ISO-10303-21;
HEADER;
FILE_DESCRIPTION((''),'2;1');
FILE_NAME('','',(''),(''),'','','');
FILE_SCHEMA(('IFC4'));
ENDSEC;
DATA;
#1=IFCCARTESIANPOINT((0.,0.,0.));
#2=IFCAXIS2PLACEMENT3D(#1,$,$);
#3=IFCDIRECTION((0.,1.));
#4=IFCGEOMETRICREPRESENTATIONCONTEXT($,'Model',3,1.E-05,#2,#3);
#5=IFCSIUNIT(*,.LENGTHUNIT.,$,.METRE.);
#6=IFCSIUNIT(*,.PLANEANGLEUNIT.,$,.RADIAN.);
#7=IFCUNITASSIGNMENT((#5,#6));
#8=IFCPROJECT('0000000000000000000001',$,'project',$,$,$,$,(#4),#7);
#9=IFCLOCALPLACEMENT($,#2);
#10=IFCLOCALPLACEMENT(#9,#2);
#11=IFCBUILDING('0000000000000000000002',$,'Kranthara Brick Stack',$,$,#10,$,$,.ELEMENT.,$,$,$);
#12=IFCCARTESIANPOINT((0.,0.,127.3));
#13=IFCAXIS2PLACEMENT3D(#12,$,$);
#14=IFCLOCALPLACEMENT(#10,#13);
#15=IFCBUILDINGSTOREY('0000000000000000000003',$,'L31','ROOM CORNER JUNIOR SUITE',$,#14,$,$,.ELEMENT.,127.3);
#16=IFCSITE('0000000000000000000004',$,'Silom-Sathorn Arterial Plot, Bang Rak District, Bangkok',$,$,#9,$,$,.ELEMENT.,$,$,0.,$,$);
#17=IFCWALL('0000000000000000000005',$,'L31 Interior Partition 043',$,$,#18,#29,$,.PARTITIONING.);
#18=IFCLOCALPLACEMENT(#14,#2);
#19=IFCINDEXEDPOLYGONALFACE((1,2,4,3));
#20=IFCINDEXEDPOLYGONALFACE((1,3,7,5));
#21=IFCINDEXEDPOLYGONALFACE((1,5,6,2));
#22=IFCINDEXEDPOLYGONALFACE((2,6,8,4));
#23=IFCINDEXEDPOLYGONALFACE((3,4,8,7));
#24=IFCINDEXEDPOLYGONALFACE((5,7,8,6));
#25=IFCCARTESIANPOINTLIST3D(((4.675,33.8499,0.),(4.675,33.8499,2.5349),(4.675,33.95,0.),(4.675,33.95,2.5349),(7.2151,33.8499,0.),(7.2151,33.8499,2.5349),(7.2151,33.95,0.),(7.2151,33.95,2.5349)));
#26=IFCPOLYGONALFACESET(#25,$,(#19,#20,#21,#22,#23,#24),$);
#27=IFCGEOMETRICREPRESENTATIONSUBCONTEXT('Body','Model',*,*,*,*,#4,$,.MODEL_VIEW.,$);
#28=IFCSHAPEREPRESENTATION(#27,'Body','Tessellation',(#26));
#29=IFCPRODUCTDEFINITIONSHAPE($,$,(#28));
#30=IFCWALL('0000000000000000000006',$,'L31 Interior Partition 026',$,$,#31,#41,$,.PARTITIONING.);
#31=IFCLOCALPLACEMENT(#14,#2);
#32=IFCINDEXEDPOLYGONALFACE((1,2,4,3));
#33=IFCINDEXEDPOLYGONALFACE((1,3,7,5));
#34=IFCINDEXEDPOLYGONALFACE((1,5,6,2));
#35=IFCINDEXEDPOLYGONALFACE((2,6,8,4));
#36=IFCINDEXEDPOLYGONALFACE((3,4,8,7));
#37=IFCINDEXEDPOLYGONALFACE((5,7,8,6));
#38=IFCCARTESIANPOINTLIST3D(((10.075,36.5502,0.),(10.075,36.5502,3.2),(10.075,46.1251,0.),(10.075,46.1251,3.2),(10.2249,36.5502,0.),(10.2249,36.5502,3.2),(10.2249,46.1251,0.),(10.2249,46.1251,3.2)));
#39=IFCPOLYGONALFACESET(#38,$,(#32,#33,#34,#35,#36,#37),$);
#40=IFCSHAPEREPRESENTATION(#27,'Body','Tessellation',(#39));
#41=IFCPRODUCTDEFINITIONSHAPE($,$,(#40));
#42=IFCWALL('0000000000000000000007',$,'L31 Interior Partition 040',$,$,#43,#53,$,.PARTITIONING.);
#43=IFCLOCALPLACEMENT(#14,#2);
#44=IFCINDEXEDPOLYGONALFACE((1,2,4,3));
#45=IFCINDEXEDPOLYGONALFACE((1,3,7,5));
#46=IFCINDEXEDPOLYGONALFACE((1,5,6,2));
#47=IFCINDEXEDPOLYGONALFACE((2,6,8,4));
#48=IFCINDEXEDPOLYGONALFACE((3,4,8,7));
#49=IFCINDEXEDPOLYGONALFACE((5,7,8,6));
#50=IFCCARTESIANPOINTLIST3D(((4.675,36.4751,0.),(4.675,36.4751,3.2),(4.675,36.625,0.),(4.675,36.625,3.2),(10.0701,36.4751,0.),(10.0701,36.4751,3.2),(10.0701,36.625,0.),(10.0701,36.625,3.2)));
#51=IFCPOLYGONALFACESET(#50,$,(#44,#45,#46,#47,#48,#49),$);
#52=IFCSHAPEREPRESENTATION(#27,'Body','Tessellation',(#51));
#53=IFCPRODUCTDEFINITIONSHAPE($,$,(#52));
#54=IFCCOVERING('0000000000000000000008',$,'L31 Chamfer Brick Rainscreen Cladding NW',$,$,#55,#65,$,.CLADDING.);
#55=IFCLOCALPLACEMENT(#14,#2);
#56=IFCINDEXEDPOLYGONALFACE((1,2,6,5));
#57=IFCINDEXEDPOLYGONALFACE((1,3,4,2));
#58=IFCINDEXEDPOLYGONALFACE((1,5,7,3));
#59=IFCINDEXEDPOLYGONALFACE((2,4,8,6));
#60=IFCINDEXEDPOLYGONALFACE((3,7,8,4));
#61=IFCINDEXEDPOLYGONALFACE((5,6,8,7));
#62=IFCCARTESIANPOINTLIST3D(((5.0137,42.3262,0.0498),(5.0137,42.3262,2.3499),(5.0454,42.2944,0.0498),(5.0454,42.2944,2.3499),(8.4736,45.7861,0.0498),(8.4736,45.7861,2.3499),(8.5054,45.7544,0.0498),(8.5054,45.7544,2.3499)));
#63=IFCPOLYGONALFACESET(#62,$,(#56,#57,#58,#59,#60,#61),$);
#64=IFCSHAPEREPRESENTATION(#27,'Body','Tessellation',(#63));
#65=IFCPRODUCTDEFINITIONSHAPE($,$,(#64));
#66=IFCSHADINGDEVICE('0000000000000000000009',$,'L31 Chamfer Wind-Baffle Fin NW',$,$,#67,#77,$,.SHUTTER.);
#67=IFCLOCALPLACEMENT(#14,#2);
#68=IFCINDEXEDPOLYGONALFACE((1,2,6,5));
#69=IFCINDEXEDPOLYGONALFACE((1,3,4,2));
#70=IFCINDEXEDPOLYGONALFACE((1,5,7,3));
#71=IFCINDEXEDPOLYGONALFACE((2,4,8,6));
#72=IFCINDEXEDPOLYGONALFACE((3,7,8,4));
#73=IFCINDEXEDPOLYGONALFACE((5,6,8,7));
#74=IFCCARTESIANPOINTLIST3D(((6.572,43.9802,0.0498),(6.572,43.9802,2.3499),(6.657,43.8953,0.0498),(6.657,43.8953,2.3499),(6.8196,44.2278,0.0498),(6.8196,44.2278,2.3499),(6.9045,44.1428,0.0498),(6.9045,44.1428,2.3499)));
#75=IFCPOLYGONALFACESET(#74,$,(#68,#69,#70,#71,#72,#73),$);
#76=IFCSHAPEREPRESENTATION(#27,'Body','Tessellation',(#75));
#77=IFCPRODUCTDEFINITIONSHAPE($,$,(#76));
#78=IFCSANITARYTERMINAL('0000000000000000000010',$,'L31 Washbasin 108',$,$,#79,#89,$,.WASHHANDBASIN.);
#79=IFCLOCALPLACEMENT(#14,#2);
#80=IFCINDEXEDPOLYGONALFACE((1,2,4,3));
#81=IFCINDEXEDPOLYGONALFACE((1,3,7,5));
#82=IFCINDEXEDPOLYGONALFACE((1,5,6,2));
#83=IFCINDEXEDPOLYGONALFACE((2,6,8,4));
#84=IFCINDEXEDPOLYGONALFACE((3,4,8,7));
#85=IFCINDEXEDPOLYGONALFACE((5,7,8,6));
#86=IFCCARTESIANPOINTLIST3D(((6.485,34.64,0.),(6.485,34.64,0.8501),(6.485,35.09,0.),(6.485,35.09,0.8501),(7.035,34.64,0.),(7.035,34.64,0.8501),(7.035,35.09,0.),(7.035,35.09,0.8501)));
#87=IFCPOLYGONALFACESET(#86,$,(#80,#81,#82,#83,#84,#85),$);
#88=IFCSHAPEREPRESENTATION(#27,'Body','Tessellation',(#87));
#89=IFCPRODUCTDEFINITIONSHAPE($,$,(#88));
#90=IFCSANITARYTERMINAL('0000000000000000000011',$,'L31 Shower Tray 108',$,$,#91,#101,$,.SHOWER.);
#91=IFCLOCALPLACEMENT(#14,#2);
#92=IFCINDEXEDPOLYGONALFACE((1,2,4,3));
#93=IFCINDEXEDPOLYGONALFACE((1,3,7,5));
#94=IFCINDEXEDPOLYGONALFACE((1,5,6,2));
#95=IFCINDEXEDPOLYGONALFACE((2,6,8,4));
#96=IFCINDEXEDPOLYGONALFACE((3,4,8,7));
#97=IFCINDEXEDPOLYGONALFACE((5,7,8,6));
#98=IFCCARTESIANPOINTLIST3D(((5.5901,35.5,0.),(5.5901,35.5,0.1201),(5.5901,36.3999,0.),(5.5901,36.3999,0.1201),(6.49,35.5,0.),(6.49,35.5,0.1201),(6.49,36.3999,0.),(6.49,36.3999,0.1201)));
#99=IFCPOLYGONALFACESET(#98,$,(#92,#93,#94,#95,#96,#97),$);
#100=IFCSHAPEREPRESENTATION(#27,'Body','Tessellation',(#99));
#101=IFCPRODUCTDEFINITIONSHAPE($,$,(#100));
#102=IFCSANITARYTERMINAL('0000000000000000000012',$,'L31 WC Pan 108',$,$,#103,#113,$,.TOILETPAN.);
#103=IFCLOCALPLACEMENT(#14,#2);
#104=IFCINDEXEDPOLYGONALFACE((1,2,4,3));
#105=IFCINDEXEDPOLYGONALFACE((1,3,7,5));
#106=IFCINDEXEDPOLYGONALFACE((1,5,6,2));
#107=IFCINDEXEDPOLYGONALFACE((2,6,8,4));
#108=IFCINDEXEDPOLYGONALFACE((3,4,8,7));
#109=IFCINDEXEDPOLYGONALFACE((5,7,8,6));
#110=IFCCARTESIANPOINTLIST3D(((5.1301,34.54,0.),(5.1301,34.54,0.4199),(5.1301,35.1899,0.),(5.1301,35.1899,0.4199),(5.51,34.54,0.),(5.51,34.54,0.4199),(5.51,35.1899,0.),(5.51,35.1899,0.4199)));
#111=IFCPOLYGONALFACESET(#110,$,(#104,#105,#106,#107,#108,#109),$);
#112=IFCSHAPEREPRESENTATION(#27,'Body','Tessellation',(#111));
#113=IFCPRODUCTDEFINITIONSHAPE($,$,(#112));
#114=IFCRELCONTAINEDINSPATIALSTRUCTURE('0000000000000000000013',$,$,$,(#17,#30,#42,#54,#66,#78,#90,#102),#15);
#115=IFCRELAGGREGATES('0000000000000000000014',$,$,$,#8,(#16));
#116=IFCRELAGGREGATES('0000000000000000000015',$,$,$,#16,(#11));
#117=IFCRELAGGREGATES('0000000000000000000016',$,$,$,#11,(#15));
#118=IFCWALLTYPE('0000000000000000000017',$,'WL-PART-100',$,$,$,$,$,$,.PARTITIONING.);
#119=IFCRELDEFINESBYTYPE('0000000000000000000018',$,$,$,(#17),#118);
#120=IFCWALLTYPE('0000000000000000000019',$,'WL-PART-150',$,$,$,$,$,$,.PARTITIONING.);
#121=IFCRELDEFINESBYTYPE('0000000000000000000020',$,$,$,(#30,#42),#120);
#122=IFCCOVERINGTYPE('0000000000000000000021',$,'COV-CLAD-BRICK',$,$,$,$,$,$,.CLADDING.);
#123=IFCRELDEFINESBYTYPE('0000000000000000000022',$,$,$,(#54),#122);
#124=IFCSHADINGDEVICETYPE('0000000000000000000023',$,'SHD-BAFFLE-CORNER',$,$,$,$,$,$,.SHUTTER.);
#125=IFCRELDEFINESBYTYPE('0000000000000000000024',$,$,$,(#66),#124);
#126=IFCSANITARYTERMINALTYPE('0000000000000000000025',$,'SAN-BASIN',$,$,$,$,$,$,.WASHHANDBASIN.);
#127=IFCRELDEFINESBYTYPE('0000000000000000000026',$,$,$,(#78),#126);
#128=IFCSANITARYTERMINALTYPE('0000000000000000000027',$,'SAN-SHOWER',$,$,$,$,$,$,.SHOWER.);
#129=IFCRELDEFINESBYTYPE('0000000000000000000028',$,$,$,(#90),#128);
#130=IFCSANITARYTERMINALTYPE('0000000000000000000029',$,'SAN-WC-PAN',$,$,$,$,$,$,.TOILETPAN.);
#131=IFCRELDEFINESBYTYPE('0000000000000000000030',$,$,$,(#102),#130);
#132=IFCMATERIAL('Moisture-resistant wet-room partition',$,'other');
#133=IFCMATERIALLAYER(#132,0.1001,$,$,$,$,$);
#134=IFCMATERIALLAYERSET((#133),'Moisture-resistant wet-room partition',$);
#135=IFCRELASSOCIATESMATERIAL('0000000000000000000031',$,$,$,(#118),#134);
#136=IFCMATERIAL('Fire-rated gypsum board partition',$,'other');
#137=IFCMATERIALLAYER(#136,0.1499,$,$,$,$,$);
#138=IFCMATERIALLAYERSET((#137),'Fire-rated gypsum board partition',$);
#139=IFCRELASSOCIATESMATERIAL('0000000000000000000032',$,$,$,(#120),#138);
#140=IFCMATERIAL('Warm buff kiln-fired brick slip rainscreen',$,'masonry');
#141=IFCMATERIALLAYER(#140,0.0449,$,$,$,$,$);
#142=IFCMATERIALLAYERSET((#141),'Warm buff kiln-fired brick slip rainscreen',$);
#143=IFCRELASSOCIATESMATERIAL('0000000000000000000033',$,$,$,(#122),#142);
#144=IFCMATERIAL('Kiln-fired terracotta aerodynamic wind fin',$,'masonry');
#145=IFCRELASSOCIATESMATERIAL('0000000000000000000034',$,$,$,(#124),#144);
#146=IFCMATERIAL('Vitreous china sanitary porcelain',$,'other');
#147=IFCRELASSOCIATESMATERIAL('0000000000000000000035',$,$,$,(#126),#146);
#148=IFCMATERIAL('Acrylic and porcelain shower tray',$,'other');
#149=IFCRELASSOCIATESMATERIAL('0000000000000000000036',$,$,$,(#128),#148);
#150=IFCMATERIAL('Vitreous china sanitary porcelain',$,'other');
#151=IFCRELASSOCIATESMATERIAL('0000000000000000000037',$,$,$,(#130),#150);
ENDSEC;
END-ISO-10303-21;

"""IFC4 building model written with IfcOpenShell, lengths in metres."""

from ifc_helpers import new_model, si_unit, direction, frame, frame_2d, origin, origin_2d, place, context, subcontext, project, spatial, rectangle, extrude, material, layer, layer_set, type_object, element, save


model = new_model("IFC4")

# Units and contexts
model_context = context("Model", 3, precision=1e-05, world=origin(), true_north=direction((0.0, 1.0)))
body_context = subcontext(model_context, "Body", "Model", "MODEL_VIEW")
ifc_project = project(units=[si_unit("LENGTHUNIT", "METRE"), si_unit("PLANEANGLEUNIT", "RADIAN")], contexts=[model_context])

# Site, building, storey
site_placement = place(None, origin())
site = spatial("IfcSite", under=ifc_project, at=site_placement, Name="Silom-Sathorn Arterial Plot, Bang Rak District, Bangkok", CompositionType="ELEMENT", RefElevation=0.0)
building_placement = place(site_placement, origin())
building = spatial("IfcBuilding", under=site, at=building_placement, Name="Kranthara Brick Stack", CompositionType="ELEMENT")
storey_placement = place(building_placement, frame((0.0, 0.0, 127.3)))
storey = spatial("IfcBuildingStorey", under=building, at=storey_placement, Name="L31", Description="ROOM CORNER JUNIOR SUITE", CompositionType="ELEMENT", Elevation=127.3)

# Shared definitions
ifc_material_1 = material(Name="Moisture-resistant wet-room partition", Category="other")
ifc_layer_1 = layer(ifc_material_1, 0.1001)
ifc_layer_set_1 = layer_set([ifc_layer_1], Name="Moisture-resistant wet-room partition")
wall_type_1 = type_object("IfcWallType", Name="WL-PART-100", PredefinedType="PARTITIONING", material=ifc_layer_set_1)

# Walls
wall_1_placement = place(storey_placement, frame((4.675, 33.8999, 0.0), z_axis=(0.0, 0.0, 1.0), x_axis=(1.0, 0.0, 0.0)))
element("IfcWall", 1, at=wall_1_placement, inside=storey, type_object=wall_type_1, Name="L31 Interior Partition 043", PredefinedType="PARTITIONING", context=body_context, shape_type="SweptSolid", body=[
    extrude(rectangle(XDim=2.54, YDim=0.1001, at=frame_2d((1.27, 0.0))), origin(), (0.0, 0.0, 1.0), 2.5349),
])
ifc_material_2 = material(Name="Fire-rated gypsum board partition", Category="other")
ifc_layer_2 = layer(ifc_material_2, 0.1499)
ifc_layer_set_2 = layer_set([ifc_layer_2], Name="Fire-rated gypsum board partition")
wall_type_2 = type_object("IfcWallType", Name="WL-PART-150", PredefinedType="PARTITIONING", material=ifc_layer_set_2)
wall_2_placement = place(storey_placement, frame((10.1499, 36.55, 0.0), z_axis=(0.0, 0.0, 1.0), x_axis=(0.0, 1.0, 0.0)))
element("IfcWall", 2, at=wall_2_placement, inside=storey, type_object=wall_type_2, Name="L31 Interior Partition 026", PredefinedType="PARTITIONING", context=body_context, shape_type="SweptSolid", body=[
    extrude(rectangle(XDim=9.575, YDim=0.1499, at=frame_2d((4.7876, 0.0))), origin(), (0.0, 0.0, 1.0), 3.2),
])
wall_3_placement = place(storey_placement, frame((4.675, 36.55, 0.0), z_axis=(0.0, 0.0, 1.0), x_axis=(1.0, 0.0, 0.0)))
element("IfcWall", 3, at=wall_3_placement, inside=storey, type_object=wall_type_2, Name="L31 Interior Partition 040", PredefinedType="PARTITIONING", context=body_context, shape_type="SweptSolid", body=[
    extrude(rectangle(XDim=5.395, YDim=0.1499, at=frame_2d((2.6975, 0.0))), origin(), (0.0, 0.0, 1.0), 3.2),
])

# Covering
ifc_material_3 = material(Name="Warm buff kiln-fired brick slip rainscreen", Category="masonry")
ifc_layer_3 = layer(ifc_material_3, 0.0449)
ifc_layer_set_3 = layer_set([ifc_layer_3], Name="Warm buff kiln-fired brick slip rainscreen")
covering_type = type_object("IfcCoveringType", Name="COV-CLAD-BRICK", PredefinedType="CLADDING", material=ifc_layer_set_3)
covering_placement = place(storey_placement, frame((6.7595, 44.0403, 0.0498), z_axis=(0.0, 0.0, 1.0), x_axis=(0.707107, 0.707107, 0.0)))
element("IfcCovering", 4, at=covering_placement, inside=storey, type_object=covering_type, Name="L31 Chamfer Brick Rainscreen Cladding NW", PredefinedType="CLADDING", context=body_context, shape_type="SweptSolid", body=[
    extrude(rectangle(XDim=4.8931, YDim=0.0449, at=origin_2d()), origin(), (0.0, 0.0, 1.0), 2.3),
])

# Shading device
ifc_material_4 = material(Name="Kiln-fired terracotta aerodynamic wind fin", Category="masonry")
shading_device_type = type_object("IfcShadingDeviceType", Name="SHD-BAFFLE-CORNER", PredefinedType="SHUTTER", material=ifc_material_4)
shading_device_placement = place(storey_placement, frame((6.7383, 44.0615, 0.0498), z_axis=(0.0, 0.0, 1.0), x_axis=(0.707107, 0.707107, 0.0)))
element("IfcShadingDevice", 5, at=shading_device_placement, inside=storey, type_object=shading_device_type, Name="L31 Chamfer Wind-Baffle Fin NW", PredefinedType="SHUTTER", context=body_context, shape_type="SweptSolid", body=[
    extrude(rectangle(XDim=0.3501, YDim=0.1201, at=origin_2d()), origin(), (0.0, 0.0, 1.0), 2.3),
])

# Sanitary terminals
ifc_material_5 = material(Name="Vitreous china sanitary porcelain", Category="other")
sanitary_terminal_type_1 = type_object("IfcSanitaryTerminalType", Name="SAN-BASIN", PredefinedType="WASHHANDBASIN", material=ifc_material_5)
sanitary_terminal_1_placement = place(storey_placement, frame((6.76, 34.865, 0.0), z_axis=(0.0, 0.0, 1.0), x_axis=(1.0, 0.0, 0.0)))
element("IfcSanitaryTerminal", 6, at=sanitary_terminal_1_placement, inside=storey, type_object=sanitary_terminal_type_1, Name="L31 Washbasin 108", PredefinedType="WASHHANDBASIN", context=body_context, shape_type="SweptSolid", body=[
    extrude(rectangle(XDim=0.55, YDim=0.45, at=origin_2d()), origin(), (0.0, 0.0, 1.0), 0.8501),
])
ifc_material_6 = material(Name="Acrylic and porcelain shower tray", Category="other")
sanitary_terminal_type_2 = type_object("IfcSanitaryTerminalType", Name="SAN-SHOWER", PredefinedType="SHOWER", material=ifc_material_6)
sanitary_terminal_2_placement = place(storey_placement, frame((6.04, 35.95, 0.0), z_axis=(0.0, 0.0, 1.0), x_axis=(1.0, 0.0, 0.0)))
element("IfcSanitaryTerminal", 7, at=sanitary_terminal_2_placement, inside=storey, type_object=sanitary_terminal_type_2, Name="L31 Shower Tray 108", PredefinedType="SHOWER", context=body_context, shape_type="SweptSolid", body=[
    extrude(rectangle(XDim=0.8999, YDim=0.8999, at=origin_2d()), origin(), (0.0, 0.0, 1.0), 0.1201),
])
ifc_material_7 = material(Name="Vitreous china sanitary porcelain", Category="other")
sanitary_terminal_type_3 = type_object("IfcSanitaryTerminalType", Name="SAN-WC-PAN", PredefinedType="TOILETPAN", material=ifc_material_7)
sanitary_terminal_3_placement = place(storey_placement, frame((5.3201, 34.865, 0.0), z_axis=(0.0, 0.0, 1.0), x_axis=(1.0, 0.0, 0.0)))
element("IfcSanitaryTerminal", 8, at=sanitary_terminal_3_placement, inside=storey, type_object=sanitary_terminal_type_3, Name="L31 WC Pan 108", PredefinedType="TOILETPAN", context=body_context, shape_type="SweptSolid", body=[
    extrude(rectangle(XDim=0.3799, YDim=0.6499, at=origin_2d()), origin(), (0.0, 0.0, 1.0), 0.4199),
])

save(model, "model.ifc")
